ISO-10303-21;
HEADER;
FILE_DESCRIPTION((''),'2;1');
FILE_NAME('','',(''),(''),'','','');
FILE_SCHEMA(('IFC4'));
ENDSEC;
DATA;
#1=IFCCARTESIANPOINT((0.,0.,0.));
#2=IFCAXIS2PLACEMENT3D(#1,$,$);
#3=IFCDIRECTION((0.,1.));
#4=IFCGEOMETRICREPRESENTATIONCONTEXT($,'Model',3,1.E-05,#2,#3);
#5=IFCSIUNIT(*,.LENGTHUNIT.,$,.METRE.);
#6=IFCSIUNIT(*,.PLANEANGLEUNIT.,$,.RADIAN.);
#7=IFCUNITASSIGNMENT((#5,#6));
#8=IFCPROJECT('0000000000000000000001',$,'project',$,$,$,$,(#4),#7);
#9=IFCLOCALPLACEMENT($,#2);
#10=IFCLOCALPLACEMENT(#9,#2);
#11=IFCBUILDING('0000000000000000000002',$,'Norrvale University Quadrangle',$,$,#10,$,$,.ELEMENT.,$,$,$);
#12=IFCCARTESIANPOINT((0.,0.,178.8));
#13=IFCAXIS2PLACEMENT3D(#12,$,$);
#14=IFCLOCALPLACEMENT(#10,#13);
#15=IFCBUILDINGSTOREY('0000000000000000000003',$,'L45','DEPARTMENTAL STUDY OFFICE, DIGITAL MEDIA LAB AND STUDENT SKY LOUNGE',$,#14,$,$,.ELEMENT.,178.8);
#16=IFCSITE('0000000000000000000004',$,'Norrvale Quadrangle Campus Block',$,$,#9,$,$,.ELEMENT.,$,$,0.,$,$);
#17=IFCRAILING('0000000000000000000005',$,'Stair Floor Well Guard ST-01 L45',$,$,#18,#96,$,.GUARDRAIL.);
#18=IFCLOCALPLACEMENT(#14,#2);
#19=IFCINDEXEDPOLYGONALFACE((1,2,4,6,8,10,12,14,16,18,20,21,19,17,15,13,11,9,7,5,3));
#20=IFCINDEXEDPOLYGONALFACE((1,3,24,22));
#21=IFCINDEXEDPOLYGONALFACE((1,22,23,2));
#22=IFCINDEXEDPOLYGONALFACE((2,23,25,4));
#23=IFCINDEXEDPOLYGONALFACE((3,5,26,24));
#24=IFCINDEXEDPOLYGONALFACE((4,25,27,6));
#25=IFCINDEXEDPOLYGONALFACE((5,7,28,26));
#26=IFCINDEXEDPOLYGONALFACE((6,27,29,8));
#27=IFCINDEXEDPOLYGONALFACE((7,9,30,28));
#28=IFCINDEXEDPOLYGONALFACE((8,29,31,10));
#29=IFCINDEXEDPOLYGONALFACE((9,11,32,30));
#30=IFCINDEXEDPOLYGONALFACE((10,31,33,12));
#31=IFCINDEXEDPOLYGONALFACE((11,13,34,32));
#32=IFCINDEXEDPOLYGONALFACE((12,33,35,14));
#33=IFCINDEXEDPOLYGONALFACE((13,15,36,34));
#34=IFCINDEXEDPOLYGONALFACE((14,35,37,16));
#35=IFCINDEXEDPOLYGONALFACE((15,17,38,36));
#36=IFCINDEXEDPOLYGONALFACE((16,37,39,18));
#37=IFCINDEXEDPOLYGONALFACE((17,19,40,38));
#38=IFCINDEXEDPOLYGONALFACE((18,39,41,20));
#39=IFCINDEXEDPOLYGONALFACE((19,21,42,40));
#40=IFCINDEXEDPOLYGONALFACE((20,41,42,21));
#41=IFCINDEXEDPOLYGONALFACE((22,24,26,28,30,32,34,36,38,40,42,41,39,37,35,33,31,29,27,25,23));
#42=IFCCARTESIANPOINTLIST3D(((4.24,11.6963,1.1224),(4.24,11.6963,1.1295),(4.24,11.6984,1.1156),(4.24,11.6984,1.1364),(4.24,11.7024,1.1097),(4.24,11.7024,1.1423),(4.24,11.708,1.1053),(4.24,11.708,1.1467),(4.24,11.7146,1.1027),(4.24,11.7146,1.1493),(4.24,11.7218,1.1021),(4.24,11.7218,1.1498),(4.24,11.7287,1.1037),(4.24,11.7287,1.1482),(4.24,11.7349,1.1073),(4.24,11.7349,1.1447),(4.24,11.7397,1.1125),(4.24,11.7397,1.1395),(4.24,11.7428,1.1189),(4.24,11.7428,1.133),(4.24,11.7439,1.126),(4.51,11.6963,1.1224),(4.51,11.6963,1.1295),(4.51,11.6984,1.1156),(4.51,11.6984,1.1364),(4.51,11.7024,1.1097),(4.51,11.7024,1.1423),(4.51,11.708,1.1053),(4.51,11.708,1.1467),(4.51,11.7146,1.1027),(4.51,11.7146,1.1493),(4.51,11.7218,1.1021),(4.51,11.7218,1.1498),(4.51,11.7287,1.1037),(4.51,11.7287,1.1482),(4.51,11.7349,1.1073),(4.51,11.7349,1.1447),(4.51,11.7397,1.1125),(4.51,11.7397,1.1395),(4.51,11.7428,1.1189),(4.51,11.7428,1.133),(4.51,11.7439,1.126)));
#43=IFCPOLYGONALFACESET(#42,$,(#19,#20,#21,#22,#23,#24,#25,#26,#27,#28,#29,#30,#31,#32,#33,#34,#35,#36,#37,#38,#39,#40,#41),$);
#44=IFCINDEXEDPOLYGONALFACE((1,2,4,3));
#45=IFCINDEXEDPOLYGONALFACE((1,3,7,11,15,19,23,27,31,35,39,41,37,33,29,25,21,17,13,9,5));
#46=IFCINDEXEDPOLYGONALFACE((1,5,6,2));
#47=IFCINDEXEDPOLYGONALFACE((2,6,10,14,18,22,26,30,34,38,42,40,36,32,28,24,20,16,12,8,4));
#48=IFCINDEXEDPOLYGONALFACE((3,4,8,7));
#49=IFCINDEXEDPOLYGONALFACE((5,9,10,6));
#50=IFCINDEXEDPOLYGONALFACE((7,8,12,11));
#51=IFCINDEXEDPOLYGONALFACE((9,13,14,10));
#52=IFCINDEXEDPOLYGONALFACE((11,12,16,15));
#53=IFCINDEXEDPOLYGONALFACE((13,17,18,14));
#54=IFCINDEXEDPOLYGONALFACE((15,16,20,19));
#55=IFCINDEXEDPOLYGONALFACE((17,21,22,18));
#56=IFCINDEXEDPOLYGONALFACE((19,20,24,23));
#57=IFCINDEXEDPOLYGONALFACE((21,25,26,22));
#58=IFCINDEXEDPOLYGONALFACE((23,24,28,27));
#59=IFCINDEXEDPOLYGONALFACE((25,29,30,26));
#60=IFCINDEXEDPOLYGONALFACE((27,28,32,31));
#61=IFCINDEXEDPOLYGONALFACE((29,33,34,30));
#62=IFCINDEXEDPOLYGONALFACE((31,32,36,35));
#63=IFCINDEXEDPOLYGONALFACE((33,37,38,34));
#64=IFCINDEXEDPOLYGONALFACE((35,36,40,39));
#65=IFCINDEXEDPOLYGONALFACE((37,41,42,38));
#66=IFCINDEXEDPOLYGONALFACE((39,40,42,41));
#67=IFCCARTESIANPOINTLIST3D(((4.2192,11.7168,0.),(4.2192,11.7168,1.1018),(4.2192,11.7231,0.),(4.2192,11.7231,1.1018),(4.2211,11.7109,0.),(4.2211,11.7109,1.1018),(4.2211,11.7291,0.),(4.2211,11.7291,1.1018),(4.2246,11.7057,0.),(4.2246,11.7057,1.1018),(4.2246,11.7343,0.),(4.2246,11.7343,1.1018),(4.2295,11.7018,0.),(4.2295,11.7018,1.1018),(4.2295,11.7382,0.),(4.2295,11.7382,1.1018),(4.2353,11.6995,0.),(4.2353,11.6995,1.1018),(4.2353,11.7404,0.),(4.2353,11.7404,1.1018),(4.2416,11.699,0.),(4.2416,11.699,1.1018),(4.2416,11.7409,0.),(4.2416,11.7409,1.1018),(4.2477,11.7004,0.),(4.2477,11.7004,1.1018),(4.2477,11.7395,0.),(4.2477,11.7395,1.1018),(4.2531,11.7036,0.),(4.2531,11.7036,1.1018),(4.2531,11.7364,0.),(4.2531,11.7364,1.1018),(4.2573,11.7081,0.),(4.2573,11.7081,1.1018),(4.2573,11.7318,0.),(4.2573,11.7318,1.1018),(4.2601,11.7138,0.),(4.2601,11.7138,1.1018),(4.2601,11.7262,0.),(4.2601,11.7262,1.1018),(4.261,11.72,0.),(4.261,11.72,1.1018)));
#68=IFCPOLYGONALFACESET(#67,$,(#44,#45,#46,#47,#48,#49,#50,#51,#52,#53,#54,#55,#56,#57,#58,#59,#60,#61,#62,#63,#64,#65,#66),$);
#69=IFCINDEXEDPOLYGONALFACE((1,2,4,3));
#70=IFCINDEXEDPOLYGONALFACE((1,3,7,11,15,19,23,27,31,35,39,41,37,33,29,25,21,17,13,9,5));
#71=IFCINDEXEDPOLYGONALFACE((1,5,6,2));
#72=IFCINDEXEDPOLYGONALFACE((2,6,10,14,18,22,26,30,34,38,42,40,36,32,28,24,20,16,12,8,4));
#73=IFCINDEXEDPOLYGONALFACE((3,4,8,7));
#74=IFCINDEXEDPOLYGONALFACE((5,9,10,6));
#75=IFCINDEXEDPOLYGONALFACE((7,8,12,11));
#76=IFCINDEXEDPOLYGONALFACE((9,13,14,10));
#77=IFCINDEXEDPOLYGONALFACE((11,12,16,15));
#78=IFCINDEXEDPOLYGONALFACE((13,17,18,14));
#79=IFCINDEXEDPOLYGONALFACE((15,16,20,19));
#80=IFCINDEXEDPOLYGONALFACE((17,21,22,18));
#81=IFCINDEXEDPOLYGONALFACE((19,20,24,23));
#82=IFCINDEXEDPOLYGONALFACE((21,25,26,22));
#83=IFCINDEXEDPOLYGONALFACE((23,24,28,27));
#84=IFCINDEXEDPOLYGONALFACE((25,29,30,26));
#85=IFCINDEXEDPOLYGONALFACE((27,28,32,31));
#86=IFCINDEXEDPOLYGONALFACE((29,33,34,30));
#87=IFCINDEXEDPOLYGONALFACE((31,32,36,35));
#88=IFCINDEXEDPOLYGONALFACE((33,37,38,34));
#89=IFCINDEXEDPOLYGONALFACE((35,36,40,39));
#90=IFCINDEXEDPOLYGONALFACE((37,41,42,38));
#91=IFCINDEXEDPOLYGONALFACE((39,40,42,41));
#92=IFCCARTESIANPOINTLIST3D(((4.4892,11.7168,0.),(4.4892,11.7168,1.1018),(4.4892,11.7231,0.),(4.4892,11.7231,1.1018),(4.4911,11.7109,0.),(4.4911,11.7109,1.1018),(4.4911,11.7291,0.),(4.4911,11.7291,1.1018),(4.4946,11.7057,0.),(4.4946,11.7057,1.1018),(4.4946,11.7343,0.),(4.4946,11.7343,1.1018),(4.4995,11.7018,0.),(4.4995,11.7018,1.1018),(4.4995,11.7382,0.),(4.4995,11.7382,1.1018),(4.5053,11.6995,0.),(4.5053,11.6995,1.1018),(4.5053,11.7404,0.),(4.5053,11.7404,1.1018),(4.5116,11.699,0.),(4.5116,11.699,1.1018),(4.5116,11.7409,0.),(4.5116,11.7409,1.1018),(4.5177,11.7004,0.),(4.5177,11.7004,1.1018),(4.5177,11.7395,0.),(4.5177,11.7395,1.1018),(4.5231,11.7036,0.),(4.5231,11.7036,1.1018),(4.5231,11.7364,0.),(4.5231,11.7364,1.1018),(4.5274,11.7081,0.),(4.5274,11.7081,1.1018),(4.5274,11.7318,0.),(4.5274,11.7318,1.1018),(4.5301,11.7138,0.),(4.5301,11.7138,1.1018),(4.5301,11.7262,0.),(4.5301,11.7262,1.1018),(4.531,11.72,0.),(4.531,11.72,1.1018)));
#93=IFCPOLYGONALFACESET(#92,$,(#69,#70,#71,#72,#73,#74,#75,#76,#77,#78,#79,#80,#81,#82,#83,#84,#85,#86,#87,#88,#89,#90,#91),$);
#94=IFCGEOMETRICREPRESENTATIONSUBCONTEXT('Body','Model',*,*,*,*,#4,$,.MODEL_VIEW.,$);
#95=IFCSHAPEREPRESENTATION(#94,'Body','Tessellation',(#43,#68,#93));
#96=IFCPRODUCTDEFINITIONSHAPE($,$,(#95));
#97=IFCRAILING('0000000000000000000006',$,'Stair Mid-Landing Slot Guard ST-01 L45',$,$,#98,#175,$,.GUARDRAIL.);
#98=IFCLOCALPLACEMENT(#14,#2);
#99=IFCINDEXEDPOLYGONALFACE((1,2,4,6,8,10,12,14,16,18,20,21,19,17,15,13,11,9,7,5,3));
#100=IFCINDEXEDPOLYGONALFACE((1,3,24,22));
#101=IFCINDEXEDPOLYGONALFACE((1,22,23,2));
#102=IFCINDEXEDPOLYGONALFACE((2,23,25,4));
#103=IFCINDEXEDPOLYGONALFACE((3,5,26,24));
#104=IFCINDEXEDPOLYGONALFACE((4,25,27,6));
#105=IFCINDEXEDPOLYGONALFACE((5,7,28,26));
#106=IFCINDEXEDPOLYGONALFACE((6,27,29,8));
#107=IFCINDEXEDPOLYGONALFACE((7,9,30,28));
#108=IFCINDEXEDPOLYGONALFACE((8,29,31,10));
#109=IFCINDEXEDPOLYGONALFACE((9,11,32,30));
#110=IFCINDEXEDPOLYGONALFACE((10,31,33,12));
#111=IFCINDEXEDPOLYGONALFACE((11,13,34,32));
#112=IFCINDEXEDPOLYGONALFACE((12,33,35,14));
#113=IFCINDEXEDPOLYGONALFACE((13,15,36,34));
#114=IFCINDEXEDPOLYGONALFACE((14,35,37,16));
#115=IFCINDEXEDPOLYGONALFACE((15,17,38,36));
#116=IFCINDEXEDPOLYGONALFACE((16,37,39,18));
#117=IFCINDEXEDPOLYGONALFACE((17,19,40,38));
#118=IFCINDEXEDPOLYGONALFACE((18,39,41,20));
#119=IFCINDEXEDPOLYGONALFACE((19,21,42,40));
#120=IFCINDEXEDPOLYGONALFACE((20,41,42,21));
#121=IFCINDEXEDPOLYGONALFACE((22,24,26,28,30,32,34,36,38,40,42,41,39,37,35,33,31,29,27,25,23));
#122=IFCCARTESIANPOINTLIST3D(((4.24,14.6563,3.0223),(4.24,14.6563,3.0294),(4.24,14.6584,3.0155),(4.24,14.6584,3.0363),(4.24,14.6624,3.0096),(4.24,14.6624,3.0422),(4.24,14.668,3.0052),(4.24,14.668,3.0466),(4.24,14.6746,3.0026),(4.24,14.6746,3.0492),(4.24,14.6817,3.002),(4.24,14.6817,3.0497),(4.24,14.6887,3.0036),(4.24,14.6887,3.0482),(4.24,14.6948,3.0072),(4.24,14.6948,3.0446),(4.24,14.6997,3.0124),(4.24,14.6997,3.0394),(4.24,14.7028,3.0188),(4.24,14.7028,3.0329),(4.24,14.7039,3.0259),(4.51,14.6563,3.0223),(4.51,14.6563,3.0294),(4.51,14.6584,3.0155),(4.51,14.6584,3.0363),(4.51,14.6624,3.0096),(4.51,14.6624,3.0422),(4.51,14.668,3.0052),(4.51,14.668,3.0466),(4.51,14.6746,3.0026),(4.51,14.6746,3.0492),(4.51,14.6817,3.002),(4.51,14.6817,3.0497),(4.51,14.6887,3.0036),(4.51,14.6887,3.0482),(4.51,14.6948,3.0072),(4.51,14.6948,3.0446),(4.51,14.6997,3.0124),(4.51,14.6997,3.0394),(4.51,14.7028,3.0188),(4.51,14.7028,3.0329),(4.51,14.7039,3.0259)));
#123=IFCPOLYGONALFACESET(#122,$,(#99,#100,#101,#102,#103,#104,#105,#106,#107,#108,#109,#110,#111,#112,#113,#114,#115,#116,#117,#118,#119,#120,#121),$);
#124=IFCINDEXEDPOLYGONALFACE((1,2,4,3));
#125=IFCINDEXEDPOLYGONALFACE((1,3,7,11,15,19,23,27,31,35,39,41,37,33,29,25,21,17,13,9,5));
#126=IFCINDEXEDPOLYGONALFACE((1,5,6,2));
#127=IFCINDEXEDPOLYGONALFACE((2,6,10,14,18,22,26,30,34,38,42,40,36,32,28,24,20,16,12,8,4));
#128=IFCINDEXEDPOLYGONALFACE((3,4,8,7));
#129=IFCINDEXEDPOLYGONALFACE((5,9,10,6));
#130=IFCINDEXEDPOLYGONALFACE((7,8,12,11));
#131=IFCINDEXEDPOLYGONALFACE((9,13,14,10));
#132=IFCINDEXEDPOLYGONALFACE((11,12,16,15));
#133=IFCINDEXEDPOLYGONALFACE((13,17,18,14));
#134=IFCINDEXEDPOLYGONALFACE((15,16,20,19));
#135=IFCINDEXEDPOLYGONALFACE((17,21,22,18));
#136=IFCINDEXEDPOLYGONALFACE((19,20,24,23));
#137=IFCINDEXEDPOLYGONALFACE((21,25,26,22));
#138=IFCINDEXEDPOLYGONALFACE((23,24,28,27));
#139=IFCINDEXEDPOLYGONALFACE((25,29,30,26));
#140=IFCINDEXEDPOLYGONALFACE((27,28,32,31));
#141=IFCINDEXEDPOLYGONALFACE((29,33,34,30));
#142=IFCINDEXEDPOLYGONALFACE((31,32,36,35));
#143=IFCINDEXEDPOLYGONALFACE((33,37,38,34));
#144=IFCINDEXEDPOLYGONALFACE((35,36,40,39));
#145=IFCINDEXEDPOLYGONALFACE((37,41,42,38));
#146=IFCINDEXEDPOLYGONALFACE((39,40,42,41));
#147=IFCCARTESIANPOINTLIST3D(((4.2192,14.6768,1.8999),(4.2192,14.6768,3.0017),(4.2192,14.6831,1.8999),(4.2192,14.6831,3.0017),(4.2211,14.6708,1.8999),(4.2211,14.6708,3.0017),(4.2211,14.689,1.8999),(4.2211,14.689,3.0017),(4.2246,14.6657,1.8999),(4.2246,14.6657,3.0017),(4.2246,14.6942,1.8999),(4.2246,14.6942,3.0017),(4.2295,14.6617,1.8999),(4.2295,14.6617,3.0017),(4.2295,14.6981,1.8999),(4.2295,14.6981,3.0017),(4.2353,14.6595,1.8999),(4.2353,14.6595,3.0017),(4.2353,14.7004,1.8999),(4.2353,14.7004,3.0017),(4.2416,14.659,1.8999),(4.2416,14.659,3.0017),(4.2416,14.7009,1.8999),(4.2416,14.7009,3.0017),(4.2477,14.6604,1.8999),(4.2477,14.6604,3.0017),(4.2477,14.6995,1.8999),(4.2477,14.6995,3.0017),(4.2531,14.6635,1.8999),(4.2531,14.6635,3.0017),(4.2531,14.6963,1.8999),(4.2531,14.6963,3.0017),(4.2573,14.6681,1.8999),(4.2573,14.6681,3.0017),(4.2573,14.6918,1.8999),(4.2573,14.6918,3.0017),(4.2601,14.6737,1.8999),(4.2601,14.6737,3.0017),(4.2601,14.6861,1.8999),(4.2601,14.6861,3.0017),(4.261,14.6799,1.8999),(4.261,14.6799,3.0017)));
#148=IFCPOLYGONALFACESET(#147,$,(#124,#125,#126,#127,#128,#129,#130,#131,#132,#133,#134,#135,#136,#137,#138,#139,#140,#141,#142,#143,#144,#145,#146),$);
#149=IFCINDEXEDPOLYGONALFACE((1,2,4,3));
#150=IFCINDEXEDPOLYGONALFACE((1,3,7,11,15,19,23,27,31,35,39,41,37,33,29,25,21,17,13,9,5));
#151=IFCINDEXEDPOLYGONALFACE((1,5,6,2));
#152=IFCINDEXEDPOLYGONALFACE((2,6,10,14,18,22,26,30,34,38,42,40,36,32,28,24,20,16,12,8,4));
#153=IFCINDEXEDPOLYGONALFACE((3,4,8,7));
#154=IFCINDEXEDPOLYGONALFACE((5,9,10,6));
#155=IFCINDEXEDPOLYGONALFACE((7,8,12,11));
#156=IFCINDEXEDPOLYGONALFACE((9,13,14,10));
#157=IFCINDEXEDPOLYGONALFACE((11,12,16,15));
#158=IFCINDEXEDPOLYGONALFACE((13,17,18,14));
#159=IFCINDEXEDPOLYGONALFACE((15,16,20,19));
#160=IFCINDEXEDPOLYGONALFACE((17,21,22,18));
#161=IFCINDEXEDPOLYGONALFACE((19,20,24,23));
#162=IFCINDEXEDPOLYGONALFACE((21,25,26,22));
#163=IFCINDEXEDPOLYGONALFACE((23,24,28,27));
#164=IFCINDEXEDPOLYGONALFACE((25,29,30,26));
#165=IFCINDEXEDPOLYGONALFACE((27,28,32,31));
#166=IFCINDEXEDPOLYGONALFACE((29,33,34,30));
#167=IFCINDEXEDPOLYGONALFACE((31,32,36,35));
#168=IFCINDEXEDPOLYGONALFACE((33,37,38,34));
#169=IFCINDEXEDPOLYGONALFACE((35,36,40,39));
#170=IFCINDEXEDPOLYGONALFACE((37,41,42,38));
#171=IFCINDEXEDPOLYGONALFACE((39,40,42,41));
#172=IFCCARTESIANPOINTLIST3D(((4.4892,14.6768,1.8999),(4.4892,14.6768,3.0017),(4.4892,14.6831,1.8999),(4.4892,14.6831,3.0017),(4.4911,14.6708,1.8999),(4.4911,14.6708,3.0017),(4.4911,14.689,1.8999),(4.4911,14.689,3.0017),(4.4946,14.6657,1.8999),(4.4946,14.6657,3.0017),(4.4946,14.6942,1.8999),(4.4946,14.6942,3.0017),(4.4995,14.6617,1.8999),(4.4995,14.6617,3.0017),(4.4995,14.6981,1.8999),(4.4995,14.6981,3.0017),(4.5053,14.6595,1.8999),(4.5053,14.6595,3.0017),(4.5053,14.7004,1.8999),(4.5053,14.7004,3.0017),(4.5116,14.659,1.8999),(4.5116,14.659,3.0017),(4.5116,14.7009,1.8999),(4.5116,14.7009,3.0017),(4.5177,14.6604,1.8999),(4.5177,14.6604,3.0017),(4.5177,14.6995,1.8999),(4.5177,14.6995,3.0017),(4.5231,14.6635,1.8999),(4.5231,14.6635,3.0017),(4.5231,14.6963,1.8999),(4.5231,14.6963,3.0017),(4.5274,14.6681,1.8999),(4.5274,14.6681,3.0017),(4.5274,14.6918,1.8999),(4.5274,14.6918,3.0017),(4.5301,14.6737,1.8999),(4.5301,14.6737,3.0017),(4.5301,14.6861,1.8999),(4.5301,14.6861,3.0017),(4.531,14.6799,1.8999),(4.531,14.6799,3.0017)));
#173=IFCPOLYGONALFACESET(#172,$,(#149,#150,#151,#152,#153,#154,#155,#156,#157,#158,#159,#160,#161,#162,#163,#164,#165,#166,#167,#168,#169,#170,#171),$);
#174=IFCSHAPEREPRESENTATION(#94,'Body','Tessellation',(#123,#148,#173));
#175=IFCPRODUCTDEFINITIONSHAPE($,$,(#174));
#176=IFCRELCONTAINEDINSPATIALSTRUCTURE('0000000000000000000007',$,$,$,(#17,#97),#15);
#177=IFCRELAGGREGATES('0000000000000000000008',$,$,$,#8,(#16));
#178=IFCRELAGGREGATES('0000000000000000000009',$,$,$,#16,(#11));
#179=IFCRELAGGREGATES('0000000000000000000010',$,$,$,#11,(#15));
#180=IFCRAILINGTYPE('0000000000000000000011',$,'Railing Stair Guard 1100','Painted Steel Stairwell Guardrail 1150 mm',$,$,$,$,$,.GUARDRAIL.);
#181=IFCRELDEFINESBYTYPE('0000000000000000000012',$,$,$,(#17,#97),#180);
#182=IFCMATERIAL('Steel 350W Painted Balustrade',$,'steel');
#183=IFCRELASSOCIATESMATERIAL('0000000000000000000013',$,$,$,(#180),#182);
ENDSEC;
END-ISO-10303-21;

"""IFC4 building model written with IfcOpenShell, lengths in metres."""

from ifc_helpers import new_model, si_unit, direction, frame, origin, origin_2d, place, context, subcontext, project, spatial, circle, extrude, material, type_object, element, save


model = new_model("IFC4")

# Units and contexts
model_context = context("Model", 3, precision=1e-05, world=origin(), true_north=direction((0.0, 1.0)))
body_context = subcontext(model_context, "Body", "Model", "MODEL_VIEW")
ifc_project = project(units=[si_unit("LENGTHUNIT", "METRE"), si_unit("PLANEANGLEUNIT", "RADIAN")], contexts=[model_context])

# Site, building, storey
site_placement = place(None, origin())
site = spatial("IfcSite", under=ifc_project, at=site_placement, Name="Norrvale Quadrangle Campus Block", CompositionType="ELEMENT", RefElevation=0.0)
building_placement = place(site_placement, origin())
building = spatial("IfcBuilding", under=site, at=building_placement, Name="Norrvale University Quadrangle", CompositionType="ELEMENT")
storey_placement = place(building_placement, frame((0.0, 0.0, 178.8)))
storey = spatial("IfcBuildingStorey", under=building, at=storey_placement, Name="L45", Description="DEPARTMENTAL STUDY OFFICE, DIGITAL MEDIA LAB AND STUDENT SKY LOUNGE", CompositionType="ELEMENT", Elevation=178.8)

# Railings
ifc_material_1 = material(Name="Steel 350W Painted Balustrade", Category="steel")
railing_type_1 = type_object("IfcRailingType", Name="Railing Stair Guard 1100", Description="Painted Steel Stairwell Guardrail 1150 mm", PredefinedType="GUARDRAIL", material=ifc_material_1)
for number, where, name in (
    (1, (4.24, 11.72, 0.0), "Stair Floor Well Guard ST-01 L45"),
    (2, (4.24, 14.6799, 1.8999), "Stair Mid-Landing Slot Guard ST-01 L45"),
):
    element("IfcRailing", number, at=place(storey_placement, frame(where)), inside=storey, type_object=railing_type_1, Name=name, PredefinedType="GUARDRAIL", context=body_context, shape_type="SweptSolid", body=[
        extrude(circle(Radius=0.0239, at=origin_2d()), frame((0.0, 0.0, 1.126), z_axis=(1.0, 0.0, 0.0), x_axis=(0.0, 1.0, 0.0)), (0.0, 0.0, 1.0), 0.27),
        extrude(circle(Radius=0.021, at=origin_2d()), origin(), (0.0, 0.0, 1.0), 1.1018),
        extrude(circle(Radius=0.021, at=origin_2d()), frame((0.27, 0.0, 0.0)), (0.0, 0.0, 1.0), 1.1018),
    ])

save(model, "model.ifc")
